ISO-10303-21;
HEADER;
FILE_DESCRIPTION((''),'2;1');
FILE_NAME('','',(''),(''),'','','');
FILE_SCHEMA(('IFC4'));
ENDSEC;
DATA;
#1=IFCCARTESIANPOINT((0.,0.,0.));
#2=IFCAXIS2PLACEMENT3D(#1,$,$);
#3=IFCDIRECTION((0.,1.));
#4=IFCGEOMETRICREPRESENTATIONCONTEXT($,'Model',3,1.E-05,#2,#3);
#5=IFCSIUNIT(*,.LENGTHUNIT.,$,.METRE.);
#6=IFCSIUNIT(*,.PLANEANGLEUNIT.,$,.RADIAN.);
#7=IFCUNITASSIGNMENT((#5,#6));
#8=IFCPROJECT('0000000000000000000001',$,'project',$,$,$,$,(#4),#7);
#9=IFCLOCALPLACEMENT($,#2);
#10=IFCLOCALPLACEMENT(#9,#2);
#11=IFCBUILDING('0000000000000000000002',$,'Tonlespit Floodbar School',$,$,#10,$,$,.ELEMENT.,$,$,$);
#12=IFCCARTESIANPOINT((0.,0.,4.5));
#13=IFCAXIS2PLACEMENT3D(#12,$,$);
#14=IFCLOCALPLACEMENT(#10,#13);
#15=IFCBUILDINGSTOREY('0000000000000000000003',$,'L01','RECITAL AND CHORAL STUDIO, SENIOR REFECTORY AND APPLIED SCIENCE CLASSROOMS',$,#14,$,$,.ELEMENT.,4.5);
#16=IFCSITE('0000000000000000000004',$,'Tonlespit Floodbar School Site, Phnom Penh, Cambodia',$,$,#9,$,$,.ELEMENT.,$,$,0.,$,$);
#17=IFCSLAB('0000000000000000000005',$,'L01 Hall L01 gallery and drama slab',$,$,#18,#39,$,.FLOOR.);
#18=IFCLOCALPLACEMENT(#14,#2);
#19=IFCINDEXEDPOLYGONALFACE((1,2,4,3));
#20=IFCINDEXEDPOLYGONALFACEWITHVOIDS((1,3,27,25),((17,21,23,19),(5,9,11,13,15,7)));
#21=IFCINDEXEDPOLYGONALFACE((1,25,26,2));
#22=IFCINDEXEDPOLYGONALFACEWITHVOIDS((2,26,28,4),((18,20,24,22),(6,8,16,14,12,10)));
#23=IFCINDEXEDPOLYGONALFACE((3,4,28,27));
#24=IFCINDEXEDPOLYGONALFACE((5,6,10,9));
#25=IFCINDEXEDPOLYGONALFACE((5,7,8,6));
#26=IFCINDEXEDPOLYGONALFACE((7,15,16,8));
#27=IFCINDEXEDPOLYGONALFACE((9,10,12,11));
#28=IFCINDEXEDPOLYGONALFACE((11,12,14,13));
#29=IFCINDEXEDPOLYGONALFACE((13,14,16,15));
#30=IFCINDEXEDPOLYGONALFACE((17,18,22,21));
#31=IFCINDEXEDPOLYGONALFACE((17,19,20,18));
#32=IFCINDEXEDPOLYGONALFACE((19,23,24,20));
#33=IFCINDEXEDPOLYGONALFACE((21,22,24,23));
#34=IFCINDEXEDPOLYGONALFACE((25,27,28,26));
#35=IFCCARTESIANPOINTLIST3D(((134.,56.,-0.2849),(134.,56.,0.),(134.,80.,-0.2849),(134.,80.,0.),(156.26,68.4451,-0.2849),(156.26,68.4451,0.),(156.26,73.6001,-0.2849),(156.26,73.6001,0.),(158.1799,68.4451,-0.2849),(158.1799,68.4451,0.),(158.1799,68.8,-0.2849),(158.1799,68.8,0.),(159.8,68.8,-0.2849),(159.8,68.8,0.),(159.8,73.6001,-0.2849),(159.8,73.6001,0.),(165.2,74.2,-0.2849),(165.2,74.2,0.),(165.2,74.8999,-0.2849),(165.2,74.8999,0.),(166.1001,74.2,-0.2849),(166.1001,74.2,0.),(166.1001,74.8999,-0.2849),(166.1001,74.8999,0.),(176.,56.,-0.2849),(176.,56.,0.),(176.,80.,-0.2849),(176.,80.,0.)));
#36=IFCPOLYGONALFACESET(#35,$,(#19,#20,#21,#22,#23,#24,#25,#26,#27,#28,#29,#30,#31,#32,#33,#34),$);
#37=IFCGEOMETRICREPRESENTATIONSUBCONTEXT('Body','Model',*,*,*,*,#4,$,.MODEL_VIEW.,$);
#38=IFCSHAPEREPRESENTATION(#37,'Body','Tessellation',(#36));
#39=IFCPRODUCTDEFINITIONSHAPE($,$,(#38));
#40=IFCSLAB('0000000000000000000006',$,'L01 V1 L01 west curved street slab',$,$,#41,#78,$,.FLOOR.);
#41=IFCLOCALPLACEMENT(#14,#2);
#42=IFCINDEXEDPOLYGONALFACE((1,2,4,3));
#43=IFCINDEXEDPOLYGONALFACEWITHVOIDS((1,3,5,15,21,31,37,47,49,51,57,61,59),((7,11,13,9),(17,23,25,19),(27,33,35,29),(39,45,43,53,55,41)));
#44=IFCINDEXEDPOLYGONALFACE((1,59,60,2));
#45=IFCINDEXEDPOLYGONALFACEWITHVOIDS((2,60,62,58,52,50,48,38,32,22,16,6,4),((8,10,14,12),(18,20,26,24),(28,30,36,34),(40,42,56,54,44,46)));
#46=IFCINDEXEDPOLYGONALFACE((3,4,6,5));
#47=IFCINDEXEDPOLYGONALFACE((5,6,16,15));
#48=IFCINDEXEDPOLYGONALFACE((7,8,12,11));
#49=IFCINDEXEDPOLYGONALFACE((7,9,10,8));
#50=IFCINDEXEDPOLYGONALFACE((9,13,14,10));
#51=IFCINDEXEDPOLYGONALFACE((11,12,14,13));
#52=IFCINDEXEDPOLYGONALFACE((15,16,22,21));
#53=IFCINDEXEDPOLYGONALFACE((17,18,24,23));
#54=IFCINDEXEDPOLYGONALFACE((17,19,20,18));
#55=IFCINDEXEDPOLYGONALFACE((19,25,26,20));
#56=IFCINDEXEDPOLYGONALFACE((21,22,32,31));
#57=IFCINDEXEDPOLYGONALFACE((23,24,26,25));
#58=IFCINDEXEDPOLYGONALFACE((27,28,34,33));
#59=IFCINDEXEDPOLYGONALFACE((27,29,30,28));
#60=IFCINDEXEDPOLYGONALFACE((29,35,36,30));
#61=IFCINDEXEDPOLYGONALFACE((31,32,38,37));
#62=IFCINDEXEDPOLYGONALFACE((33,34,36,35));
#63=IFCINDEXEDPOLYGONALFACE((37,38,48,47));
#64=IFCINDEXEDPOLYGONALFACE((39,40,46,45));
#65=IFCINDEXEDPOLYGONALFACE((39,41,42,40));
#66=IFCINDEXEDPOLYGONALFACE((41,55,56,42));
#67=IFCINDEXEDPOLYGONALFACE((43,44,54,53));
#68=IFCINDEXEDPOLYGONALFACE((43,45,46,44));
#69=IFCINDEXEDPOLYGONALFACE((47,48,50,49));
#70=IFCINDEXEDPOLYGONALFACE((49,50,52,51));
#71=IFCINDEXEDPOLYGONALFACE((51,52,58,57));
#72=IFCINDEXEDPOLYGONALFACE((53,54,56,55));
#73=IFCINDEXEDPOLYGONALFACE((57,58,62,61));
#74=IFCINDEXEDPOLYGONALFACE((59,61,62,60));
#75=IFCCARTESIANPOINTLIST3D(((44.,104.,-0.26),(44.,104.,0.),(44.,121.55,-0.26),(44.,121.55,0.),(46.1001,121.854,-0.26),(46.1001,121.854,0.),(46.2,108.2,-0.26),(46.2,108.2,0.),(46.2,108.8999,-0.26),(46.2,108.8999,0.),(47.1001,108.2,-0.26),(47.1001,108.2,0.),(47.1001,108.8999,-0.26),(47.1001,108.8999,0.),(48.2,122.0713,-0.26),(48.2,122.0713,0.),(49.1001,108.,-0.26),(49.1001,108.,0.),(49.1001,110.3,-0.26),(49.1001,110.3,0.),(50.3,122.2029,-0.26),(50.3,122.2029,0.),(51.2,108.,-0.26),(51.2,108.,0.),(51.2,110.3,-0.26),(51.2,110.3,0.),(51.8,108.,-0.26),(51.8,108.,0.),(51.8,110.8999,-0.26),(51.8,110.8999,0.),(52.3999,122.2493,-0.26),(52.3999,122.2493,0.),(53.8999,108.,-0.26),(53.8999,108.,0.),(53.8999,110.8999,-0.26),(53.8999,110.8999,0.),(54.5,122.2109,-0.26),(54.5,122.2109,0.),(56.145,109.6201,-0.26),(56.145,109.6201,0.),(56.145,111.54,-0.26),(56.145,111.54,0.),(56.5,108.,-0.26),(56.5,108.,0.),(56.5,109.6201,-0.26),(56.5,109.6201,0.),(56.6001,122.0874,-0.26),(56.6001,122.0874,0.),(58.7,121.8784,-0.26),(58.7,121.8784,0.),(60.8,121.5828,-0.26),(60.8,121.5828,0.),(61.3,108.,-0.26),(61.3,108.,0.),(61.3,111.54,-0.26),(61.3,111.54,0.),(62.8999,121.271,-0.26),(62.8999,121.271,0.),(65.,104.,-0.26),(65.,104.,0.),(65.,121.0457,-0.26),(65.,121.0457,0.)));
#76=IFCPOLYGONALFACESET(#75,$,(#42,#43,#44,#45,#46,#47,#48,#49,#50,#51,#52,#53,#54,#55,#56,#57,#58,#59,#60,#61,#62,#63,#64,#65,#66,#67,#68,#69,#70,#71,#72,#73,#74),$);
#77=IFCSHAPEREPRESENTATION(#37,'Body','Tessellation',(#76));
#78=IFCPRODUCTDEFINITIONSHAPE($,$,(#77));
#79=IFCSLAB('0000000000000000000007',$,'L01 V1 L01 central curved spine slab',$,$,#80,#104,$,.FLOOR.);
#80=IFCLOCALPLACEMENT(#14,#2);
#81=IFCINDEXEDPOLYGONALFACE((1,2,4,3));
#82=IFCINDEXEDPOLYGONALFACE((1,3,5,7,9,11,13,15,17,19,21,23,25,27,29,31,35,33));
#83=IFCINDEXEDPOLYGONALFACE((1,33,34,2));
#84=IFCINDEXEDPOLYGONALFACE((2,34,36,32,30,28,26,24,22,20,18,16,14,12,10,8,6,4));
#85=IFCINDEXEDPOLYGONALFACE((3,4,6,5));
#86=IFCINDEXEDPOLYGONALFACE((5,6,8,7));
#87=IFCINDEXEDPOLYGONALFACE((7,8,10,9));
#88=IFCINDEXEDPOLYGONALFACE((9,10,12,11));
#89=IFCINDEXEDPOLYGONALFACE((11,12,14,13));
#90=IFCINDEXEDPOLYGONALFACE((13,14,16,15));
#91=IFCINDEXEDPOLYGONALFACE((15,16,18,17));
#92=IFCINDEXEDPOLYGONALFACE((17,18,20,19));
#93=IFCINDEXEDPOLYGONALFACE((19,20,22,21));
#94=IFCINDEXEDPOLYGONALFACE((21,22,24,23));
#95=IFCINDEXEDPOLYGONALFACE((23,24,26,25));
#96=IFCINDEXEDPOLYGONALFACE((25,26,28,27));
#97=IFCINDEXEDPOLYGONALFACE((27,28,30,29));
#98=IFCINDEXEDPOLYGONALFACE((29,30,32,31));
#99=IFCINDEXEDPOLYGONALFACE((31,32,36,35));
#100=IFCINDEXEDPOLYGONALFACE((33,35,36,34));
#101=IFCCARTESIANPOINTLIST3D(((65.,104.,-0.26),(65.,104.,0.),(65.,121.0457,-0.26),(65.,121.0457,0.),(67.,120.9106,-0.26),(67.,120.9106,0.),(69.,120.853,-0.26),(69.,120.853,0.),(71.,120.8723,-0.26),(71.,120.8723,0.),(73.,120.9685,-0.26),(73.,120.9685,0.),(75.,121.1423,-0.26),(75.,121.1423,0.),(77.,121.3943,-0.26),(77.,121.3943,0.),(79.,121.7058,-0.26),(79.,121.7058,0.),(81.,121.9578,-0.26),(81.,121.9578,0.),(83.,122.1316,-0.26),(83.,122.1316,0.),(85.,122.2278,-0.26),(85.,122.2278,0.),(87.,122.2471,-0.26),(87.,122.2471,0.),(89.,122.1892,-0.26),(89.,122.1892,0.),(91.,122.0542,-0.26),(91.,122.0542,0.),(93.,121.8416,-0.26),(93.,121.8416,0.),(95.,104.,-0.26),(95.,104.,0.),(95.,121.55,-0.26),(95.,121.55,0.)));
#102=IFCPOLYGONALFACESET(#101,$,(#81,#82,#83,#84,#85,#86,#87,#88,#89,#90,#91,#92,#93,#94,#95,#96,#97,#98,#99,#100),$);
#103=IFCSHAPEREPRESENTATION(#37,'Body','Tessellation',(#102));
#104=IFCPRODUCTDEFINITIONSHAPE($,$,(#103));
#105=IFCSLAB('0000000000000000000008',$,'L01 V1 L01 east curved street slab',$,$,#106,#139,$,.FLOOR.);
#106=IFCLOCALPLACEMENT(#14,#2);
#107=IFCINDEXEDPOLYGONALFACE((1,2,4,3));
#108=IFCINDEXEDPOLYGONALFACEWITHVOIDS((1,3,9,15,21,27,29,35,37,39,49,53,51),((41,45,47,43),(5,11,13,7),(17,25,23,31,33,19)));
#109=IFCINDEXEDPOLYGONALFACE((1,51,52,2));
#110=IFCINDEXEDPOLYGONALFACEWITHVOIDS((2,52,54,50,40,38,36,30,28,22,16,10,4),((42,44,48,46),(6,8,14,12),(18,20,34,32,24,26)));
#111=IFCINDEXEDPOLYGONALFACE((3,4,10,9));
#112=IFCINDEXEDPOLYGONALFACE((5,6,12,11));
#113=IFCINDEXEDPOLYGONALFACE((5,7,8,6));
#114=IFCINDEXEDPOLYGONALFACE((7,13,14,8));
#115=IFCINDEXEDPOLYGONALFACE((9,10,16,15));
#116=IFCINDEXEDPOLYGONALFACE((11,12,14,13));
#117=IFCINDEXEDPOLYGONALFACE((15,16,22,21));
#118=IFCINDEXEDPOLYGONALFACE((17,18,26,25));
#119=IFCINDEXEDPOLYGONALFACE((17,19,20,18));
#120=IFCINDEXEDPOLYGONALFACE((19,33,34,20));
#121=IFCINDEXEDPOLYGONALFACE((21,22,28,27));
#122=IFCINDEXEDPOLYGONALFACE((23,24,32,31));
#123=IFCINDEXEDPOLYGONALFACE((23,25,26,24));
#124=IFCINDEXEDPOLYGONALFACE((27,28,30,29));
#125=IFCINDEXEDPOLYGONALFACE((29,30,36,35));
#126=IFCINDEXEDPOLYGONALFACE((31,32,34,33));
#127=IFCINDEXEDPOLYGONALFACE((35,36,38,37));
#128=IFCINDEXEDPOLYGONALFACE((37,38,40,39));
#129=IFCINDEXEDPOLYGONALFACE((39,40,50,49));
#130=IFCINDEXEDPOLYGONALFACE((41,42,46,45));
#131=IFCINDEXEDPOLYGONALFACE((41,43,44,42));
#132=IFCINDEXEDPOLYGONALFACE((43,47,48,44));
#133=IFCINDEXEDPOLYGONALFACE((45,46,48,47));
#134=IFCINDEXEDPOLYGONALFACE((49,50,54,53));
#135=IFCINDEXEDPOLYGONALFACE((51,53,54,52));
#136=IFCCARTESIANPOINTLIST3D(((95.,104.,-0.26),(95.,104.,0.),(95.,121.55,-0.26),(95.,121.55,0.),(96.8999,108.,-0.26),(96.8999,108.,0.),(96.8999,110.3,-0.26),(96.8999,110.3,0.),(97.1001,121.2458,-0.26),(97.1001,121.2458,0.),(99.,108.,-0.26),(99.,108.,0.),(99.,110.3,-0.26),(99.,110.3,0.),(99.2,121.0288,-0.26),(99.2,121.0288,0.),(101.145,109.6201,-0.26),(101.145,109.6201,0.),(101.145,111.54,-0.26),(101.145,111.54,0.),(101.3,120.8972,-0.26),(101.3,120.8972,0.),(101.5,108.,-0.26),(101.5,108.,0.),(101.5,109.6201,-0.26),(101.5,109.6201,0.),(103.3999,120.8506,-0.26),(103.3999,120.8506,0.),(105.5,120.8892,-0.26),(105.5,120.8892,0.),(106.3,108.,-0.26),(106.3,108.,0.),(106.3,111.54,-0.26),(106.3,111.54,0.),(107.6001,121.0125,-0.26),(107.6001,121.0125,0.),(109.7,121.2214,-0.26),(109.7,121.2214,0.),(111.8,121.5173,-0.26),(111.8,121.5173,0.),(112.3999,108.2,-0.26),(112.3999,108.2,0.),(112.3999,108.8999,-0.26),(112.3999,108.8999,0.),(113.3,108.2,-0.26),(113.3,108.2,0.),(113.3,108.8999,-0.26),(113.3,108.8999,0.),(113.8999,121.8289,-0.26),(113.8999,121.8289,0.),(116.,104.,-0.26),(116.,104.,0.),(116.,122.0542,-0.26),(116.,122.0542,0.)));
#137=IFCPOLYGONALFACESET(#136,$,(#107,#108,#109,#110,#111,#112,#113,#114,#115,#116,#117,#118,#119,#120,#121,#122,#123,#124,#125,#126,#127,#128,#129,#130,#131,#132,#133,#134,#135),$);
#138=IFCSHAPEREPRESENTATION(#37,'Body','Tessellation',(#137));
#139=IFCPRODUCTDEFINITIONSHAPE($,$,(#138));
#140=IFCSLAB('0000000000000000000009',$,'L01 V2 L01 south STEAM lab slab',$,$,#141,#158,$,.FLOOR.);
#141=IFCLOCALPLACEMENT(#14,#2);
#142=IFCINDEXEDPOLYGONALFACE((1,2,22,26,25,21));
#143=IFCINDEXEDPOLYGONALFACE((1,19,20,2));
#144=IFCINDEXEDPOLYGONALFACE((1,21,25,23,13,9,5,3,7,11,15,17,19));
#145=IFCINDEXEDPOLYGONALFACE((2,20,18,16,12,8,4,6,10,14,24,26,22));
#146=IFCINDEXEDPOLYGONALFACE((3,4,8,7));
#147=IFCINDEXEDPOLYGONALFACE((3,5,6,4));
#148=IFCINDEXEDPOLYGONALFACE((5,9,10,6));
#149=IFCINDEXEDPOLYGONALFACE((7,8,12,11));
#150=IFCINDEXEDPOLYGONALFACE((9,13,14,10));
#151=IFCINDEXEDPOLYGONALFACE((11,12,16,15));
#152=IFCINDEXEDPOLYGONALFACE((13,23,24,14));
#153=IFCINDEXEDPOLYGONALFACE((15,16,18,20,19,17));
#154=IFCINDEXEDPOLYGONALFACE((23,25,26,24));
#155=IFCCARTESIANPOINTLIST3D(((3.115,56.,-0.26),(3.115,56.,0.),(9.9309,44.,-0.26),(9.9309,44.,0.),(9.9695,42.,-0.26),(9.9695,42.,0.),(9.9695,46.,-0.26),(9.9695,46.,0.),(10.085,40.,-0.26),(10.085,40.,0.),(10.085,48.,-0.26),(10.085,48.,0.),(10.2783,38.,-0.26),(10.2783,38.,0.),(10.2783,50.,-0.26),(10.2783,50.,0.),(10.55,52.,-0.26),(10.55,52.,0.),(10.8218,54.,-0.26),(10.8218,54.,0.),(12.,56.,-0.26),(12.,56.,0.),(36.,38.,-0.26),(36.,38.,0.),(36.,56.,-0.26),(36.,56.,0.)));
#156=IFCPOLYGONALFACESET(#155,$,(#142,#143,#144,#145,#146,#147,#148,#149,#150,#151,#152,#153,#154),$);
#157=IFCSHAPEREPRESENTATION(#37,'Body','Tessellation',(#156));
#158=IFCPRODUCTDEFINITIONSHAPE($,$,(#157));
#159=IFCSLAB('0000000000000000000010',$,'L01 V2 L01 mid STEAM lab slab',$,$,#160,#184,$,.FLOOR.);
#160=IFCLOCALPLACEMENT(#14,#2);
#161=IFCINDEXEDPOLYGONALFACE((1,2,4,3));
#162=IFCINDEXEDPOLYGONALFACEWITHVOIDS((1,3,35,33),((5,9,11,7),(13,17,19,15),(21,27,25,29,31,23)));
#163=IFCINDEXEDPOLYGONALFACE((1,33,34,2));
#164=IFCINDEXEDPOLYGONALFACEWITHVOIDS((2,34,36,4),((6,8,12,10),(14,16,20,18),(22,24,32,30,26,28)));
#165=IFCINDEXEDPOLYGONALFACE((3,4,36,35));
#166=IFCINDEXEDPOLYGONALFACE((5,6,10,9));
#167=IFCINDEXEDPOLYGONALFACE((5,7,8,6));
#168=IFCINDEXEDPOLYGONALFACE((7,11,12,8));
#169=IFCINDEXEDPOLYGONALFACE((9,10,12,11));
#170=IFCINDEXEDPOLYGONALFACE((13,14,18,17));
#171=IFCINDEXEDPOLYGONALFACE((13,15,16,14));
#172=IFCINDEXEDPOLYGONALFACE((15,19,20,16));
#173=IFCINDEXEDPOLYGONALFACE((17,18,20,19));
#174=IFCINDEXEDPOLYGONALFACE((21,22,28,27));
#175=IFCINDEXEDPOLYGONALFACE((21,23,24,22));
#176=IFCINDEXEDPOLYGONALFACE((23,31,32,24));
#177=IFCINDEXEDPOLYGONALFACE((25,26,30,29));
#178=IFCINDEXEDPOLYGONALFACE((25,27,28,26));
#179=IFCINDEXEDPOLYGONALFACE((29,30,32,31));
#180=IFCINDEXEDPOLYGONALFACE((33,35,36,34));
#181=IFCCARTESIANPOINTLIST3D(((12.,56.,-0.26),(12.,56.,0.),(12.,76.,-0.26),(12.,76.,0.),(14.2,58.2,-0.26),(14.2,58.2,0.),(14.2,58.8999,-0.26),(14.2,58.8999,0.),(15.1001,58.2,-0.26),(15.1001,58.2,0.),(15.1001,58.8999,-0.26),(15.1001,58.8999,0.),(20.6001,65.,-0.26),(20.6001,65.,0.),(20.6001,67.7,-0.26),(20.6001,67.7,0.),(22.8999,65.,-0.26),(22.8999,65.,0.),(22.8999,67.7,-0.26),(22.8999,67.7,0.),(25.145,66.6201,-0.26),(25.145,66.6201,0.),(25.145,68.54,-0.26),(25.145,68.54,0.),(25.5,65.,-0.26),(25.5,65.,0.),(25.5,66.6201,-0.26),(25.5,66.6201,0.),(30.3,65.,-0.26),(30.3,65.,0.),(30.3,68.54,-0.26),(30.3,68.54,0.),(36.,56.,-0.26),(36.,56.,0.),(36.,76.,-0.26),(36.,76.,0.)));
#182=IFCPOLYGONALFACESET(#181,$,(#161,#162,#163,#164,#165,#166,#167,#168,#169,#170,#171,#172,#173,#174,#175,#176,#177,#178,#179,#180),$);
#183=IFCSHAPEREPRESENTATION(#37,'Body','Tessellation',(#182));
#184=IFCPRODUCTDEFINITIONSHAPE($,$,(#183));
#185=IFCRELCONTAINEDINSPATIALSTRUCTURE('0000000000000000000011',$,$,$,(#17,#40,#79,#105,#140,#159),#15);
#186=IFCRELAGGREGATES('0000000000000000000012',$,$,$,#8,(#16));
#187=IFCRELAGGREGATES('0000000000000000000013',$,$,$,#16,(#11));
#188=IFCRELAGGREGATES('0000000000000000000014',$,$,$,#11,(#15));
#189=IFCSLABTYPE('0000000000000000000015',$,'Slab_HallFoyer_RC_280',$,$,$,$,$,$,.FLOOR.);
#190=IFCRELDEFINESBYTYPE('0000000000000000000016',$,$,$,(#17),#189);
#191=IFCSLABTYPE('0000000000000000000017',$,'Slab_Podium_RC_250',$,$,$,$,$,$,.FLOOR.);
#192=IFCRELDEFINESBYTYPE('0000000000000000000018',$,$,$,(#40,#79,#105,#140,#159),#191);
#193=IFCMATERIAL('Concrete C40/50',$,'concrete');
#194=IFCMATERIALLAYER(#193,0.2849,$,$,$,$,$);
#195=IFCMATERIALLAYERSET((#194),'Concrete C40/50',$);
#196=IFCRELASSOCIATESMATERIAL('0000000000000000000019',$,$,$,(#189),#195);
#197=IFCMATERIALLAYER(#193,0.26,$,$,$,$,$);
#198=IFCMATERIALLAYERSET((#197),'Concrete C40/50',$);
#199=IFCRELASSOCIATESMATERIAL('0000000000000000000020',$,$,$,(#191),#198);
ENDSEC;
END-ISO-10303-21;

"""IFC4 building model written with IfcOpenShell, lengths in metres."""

from ifc_helpers import new_model, si_unit, direction, frame, origin, place, context, subcontext, project, spatial, polyline, outline, extrude, material, layer, layer_set, type_object, element, save


model = new_model("IFC4")

# Units and contexts
model_context = context("Model", 3, precision=1e-05, world=origin(), true_north=direction((0.0, 1.0)))
body_context = subcontext(model_context, "Body", "Model", "MODEL_VIEW")
ifc_project = project(units=[si_unit("LENGTHUNIT", "METRE"), si_unit("PLANEANGLEUNIT", "RADIAN")], contexts=[model_context])

# Site, building, storey
site_placement = place(None, origin())
site = spatial("IfcSite", under=ifc_project, at=site_placement, Name="Tonlespit Floodbar School Site, Phnom Penh, Cambodia", CompositionType="ELEMENT", RefElevation=0.0)
building_placement = place(site_placement, origin())
building = spatial("IfcBuilding", under=site, at=building_placement, Name="Tonlespit Floodbar School", CompositionType="ELEMENT")
storey_placement = place(building_placement, frame((0.0, 0.0, 4.5)))
storey = spatial("IfcBuildingStorey", under=building, at=storey_placement, Name="L01", Description="RECITAL AND CHORAL STUDIO, SENIOR REFECTORY AND APPLIED SCIENCE CLASSROOMS", CompositionType="ELEMENT", Elevation=4.5)

# Slabs
ifc_material_1 = material(Name="Concrete C40/50", Category="concrete")
ifc_layer_1 = layer(ifc_material_1, 0.2849)
ifc_layer_set_1 = layer_set([ifc_layer_1], Name="Concrete C40/50")
slab_type_1 = type_object("IfcSlabType", Name="Slab_HallFoyer_RC_280", PredefinedType="FLOOR", material=ifc_layer_set_1)
slab_1_placement = place(storey_placement, frame((0.0, 0.0, -0.2849)))
element("IfcSlab", 1, at=slab_1_placement, inside=storey, type_object=slab_type_1, Name="L01 Hall L01 gallery and drama slab", PredefinedType="FLOOR", context=body_context, shape_type="SweptSolid", body=[
    extrude(outline(polyline([(134.0, 56.0), (176.0, 56.0), (176.0, 80.0), (134.0, 80.0), (134.0, 56.0)]), holes=[polyline([(159.8, 68.8), (159.8, 73.6001), (156.26, 73.6001), (156.26, 68.4451), (158.1799, 68.4451), (158.1799, 68.8), (159.8, 68.8)]), polyline([(165.2, 74.2), (166.1001, 74.2), (166.1001, 74.8999), (165.2, 74.8999), (165.2, 74.2)])]), origin(), (0.0, 0.0, 1.0), 0.2849),
])
ifc_layer_2 = layer(ifc_material_1, 0.26)
ifc_layer_set_2 = layer_set([ifc_layer_2], Name="Concrete C40/50")
slab_type_2 = type_object("IfcSlabType", Name="Slab_Podium_RC_250", PredefinedType="FLOOR", material=ifc_layer_set_2)
slab_2_placement = place(storey_placement, frame((0.0, 0.0, -0.26)))
element("IfcSlab", 2, at=slab_2_placement, inside=storey, type_object=slab_type_2, Name="L01 V1 L01 west curved street slab", PredefinedType="FLOOR", context=body_context, shape_type="SweptSolid", body=[
    extrude(outline(polyline([(44.0, 104.0), (65.0, 104.0), (65.0, 121.0457), (62.8999, 121.271), (60.8, 121.5828), (58.7, 121.8784), (56.6001, 122.0874), (54.5, 122.2109), (52.3999, 122.2493), (50.3, 122.2029), (48.2, 122.0713), (46.1001, 121.854), (44.0, 121.55), (44.0, 104.0)]), holes=[polyline([(56.5, 108.0), (61.3, 108.0), (61.3, 111.54), (56.145, 111.54), (56.145, 109.6201), (56.5, 109.6201), (56.5, 108.0)]), polyline([(51.8, 108.0), (53.8999, 108.0), (53.8999, 110.8999), (51.8, 110.8999), (51.8, 108.0)]), polyline([(49.1001, 108.0), (51.2, 108.0), (51.2, 110.3), (49.1001, 110.3), (49.1001, 108.0)]), polyline([(46.2, 108.2), (47.1001, 108.2), (47.1001, 108.8999), (46.2, 108.8999), (46.2, 108.2)])]), origin(), (0.0, 0.0, 1.0), 0.26),
])
slab_3_placement = place(storey_placement, frame((0.0, 0.0, -0.26)))
element("IfcSlab", 3, at=slab_3_placement, inside=storey, type_object=slab_type_2, Name="L01 V1 L01 central curved spine slab", PredefinedType="FLOOR", context=body_context, shape_type="SweptSolid", body=[
    extrude(outline(polyline([(65.0, 104.0), (95.0, 104.0), (95.0, 121.55), (93.0, 121.8416), (91.0, 122.0542), (89.0, 122.1892), (87.0, 122.2471), (85.0, 122.2278), (83.0, 122.1316), (81.0, 121.9578), (79.0, 121.7058), (77.0, 121.3943), (75.0, 121.1423), (73.0, 120.9685), (71.0, 120.8723), (69.0, 120.853), (67.0, 120.9106), (65.0, 121.0457), (65.0, 104.0)])), origin(), (0.0, 0.0, 1.0), 0.26),
])
slab_4_placement = place(storey_placement, frame((0.0, 0.0, -0.26)))
element("IfcSlab", 4, at=slab_4_placement, inside=storey, type_object=slab_type_2, Name="L01 V1 L01 east curved street slab", PredefinedType="FLOOR", context=body_context, shape_type="SweptSolid", body=[
    extrude(outline(polyline([(95.0, 104.0), (116.0, 104.0), (116.0, 122.0542), (113.8999, 121.8289), (111.8, 121.5173), (109.7, 121.2214), (107.6001, 121.0125), (105.5, 120.8892), (103.3999, 120.8506), (101.3, 120.8972), (99.2, 121.0288), (97.1001, 121.2458), (95.0, 121.55), (95.0, 104.0)]), holes=[polyline([(101.5, 108.0), (106.3, 108.0), (106.3, 111.54), (101.145, 111.54), (101.145, 109.6201), (101.5, 109.6201), (101.5, 108.0)]), polyline([(96.8999, 108.0), (99.0, 108.0), (99.0, 110.3), (96.8999, 110.3), (96.8999, 108.0)]), polyline([(112.3999, 108.2), (113.3, 108.2), (113.3, 108.8999), (112.3999, 108.8999), (112.3999, 108.2)])]), origin(), (0.0, 0.0, 1.0), 0.26),
])
slab_5_placement = place(storey_placement, frame((0.0, 0.0, -0.26)))
element("IfcSlab", 5, at=slab_5_placement, inside=storey, type_object=slab_type_2, Name="L01 V2 L01 south STEAM lab slab", PredefinedType="FLOOR", context=body_context, shape_type="SweptSolid", body=[
    extrude(outline(polyline([(3.115, 56.0), (10.8218, 54.0), (10.55, 52.0), (10.2783, 50.0), (10.085, 48.0), (9.9695, 46.0), (9.9309, 44.0), (9.9695, 42.0), (10.085, 40.0), (10.2783, 38.0), (36.0, 38.0), (36.0, 56.0), (12.0, 56.0), (3.115, 56.0)])), origin(), (0.0, 0.0, 1.0), 0.26),
])
slab_6_placement = place(storey_placement, frame((0.0, 0.0, -0.26)))
element("IfcSlab", 6, at=slab_6_placement, inside=storey, type_object=slab_type_2, Name="L01 V2 L01 mid STEAM lab slab", PredefinedType="FLOOR", context=body_context, shape_type="SweptSolid", body=[
    extrude(outline(polyline([(12.0, 56.0), (36.0, 56.0), (36.0, 76.0), (12.0, 76.0), (12.0, 56.0)]), holes=[polyline([(25.5, 65.0), (30.3, 65.0), (30.3, 68.54), (25.145, 68.54), (25.145, 66.6201), (25.5, 66.6201), (25.5, 65.0)]), polyline([(20.6001, 65.0), (22.8999, 65.0), (22.8999, 67.7), (20.6001, 67.7), (20.6001, 65.0)]), polyline([(14.2, 58.2), (15.1001, 58.2), (15.1001, 58.8999), (14.2, 58.8999), (14.2, 58.2)])]), origin(), (0.0, 0.0, 1.0), 0.26),
])

save(model, "model.ifc")
